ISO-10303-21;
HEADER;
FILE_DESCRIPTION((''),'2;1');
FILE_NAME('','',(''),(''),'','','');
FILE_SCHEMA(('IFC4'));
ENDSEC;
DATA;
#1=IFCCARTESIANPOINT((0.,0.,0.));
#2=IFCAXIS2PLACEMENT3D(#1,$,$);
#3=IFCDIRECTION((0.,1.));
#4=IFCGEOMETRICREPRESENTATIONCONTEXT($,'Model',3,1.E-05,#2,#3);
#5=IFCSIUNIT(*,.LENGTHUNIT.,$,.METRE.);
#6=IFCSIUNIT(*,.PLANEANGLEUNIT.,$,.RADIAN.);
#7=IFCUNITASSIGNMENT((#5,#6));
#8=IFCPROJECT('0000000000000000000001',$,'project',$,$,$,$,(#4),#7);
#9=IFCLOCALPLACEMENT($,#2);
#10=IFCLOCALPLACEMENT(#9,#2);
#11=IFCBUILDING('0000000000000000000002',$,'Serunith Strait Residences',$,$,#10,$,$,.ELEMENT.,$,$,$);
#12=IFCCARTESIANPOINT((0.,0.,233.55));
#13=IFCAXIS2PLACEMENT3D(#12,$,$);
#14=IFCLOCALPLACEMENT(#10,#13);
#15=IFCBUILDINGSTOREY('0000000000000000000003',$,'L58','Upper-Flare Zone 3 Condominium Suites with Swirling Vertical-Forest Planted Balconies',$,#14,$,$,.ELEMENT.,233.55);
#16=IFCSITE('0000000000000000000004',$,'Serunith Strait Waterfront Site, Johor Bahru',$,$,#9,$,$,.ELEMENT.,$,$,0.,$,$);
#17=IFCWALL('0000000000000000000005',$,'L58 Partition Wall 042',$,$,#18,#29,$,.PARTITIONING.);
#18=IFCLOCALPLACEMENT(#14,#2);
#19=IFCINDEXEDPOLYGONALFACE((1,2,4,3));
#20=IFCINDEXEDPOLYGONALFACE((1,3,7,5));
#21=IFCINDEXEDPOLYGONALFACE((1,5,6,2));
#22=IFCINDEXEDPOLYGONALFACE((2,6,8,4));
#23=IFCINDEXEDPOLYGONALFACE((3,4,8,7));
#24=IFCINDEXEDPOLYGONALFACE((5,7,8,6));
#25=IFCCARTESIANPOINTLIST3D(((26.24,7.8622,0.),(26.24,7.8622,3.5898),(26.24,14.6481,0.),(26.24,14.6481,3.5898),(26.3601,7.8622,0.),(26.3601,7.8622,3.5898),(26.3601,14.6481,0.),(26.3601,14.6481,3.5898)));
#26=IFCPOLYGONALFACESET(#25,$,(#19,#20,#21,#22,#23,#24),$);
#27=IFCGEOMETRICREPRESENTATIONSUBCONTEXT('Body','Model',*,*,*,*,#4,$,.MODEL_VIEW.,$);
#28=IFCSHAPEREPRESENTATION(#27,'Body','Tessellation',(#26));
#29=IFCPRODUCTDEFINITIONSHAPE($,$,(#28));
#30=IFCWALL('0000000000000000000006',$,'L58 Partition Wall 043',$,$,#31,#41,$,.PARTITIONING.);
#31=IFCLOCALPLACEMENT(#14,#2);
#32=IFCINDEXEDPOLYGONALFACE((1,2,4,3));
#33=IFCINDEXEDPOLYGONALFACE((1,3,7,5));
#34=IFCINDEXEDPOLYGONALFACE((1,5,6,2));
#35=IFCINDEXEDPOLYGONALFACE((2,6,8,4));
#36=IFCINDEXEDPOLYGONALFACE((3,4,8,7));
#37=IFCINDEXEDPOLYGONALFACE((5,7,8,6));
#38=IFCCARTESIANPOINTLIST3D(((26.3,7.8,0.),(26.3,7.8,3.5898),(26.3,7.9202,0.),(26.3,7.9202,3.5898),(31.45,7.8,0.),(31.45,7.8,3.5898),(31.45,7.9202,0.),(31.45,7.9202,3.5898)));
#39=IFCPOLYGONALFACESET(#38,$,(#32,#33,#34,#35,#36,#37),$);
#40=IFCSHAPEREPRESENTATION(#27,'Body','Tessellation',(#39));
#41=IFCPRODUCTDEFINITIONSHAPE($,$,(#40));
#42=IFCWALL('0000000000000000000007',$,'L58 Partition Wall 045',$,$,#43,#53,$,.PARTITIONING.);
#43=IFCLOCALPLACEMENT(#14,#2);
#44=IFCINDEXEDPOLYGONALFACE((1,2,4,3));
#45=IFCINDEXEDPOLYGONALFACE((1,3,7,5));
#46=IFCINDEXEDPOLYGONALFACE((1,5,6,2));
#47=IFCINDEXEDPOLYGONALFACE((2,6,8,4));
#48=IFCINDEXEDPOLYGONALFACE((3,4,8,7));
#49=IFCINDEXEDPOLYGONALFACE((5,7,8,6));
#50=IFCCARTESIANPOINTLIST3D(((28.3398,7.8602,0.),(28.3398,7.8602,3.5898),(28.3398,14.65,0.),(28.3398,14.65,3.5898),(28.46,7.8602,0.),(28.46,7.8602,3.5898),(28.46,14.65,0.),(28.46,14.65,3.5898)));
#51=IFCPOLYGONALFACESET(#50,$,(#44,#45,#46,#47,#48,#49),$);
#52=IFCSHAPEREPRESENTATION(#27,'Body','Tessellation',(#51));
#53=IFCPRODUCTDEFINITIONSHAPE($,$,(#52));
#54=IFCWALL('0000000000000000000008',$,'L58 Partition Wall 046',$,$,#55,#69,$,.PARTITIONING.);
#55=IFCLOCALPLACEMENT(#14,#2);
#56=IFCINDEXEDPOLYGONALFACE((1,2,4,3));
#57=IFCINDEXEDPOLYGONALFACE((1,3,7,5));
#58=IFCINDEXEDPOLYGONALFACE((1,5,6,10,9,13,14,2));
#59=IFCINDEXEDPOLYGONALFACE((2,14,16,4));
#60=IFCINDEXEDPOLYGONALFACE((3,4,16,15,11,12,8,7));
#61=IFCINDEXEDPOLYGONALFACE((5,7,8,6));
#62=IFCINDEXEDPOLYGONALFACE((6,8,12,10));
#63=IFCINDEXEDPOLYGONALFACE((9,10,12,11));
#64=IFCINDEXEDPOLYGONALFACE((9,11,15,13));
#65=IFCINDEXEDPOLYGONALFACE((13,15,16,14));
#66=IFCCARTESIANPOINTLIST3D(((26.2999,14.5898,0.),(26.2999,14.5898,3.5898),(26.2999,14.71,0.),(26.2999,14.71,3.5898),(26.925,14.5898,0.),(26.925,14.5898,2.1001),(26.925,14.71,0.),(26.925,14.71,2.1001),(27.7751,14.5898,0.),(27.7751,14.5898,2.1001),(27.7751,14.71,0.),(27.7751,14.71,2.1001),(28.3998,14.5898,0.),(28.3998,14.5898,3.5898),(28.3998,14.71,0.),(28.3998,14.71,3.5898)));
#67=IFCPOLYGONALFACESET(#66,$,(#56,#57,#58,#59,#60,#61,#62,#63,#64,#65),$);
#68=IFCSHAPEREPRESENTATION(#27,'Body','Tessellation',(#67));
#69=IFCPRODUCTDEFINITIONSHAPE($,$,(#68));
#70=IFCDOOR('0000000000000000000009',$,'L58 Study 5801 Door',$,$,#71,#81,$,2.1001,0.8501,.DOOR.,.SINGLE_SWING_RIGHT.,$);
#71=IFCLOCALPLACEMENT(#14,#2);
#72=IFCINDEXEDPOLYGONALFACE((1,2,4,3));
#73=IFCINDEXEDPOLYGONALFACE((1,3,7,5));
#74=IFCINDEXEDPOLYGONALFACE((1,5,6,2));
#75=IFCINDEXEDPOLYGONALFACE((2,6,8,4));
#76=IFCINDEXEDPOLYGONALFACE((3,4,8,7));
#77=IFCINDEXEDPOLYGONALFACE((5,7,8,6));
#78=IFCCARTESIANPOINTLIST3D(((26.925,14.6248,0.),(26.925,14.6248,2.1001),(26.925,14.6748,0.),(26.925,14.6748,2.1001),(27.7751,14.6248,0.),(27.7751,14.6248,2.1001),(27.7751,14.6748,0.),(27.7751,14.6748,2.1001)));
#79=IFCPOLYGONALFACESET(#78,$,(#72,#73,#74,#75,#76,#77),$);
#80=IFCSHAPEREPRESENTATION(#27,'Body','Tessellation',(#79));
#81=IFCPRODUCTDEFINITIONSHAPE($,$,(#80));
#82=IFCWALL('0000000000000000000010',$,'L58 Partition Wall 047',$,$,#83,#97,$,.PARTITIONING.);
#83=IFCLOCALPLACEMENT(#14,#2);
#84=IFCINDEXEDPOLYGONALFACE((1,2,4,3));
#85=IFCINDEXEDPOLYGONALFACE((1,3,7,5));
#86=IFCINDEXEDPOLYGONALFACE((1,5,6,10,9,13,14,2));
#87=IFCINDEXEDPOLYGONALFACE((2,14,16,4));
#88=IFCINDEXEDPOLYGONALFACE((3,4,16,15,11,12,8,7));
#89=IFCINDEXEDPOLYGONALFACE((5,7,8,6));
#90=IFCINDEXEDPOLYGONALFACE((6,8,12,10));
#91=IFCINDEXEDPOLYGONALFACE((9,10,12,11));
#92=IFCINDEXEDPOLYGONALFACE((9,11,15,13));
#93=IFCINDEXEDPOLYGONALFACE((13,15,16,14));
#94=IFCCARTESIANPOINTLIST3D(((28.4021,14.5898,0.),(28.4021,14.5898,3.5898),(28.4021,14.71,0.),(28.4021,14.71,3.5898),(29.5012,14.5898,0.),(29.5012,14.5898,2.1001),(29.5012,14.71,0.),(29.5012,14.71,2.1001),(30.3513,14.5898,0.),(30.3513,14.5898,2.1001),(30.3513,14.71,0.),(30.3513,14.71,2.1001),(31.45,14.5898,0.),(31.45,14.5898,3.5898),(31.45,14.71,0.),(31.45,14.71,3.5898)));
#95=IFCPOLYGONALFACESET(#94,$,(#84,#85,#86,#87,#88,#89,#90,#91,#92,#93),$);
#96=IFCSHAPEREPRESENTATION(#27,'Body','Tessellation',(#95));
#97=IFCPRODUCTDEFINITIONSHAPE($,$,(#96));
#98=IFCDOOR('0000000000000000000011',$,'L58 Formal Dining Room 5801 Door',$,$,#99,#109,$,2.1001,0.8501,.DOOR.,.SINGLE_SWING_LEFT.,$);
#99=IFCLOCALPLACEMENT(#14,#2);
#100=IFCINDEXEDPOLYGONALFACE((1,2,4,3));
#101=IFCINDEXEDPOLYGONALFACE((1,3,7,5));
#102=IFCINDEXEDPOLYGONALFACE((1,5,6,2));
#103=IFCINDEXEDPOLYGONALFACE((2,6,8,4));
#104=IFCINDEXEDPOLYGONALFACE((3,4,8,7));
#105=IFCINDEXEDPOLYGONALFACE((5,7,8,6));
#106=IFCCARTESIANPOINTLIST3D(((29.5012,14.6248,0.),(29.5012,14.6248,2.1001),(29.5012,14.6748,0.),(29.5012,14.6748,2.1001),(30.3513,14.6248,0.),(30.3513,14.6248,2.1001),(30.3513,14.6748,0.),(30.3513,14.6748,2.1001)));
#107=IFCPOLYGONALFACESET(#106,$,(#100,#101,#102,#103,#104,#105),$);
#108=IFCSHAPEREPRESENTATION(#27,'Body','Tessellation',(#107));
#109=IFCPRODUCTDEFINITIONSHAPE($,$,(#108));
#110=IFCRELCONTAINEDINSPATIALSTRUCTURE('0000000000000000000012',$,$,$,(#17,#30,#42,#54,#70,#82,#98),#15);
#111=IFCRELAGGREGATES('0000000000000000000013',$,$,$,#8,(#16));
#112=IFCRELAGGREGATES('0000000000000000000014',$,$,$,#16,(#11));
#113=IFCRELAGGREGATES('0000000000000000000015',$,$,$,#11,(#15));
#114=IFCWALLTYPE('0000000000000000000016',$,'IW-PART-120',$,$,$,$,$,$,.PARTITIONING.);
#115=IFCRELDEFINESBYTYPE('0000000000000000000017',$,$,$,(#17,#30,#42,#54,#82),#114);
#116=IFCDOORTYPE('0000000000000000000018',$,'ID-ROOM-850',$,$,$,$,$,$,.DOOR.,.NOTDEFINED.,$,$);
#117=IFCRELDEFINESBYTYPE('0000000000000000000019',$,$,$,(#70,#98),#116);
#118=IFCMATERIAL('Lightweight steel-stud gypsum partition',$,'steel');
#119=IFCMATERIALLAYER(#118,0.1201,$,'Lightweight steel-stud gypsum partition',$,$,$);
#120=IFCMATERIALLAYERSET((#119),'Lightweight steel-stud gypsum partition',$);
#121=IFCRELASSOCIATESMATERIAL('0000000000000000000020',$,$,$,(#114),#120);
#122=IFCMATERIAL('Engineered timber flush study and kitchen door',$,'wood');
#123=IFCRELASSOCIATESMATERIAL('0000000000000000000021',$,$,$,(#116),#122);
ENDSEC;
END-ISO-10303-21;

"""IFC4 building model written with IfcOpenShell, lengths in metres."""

from ifc_helpers import new_model, si_unit, direction, frame, frame_2d, origin, place, context, subcontext, project, spatial, rectangle, extrude, source, transform, mapped, material, layer, layer_set, type_object, element, fill, save


model = new_model("IFC4")

# Units and contexts
model_context = context("Model", 3, precision=1e-05, world=origin(), true_north=direction((0.0, 1.0)))
body_context = subcontext(model_context, "Body", "Model", "MODEL_VIEW")
ifc_project = project(units=[si_unit("LENGTHUNIT", "METRE"), si_unit("PLANEANGLEUNIT", "RADIAN")], contexts=[model_context])

# Site, building, storey
site_placement = place(None, origin())
site = spatial("IfcSite", under=ifc_project, at=site_placement, Name="Serunith Strait Waterfront Site, Johor Bahru", CompositionType="ELEMENT", RefElevation=0.0)
building_placement = place(site_placement, origin())
building = spatial("IfcBuilding", under=site, at=building_placement, Name="Serunith Strait Residences", CompositionType="ELEMENT")
storey_placement = place(building_placement, frame((0.0, 0.0, 233.55)))
storey = spatial("IfcBuildingStorey", under=building, at=storey_placement, Name="L58", Description="Upper-Flare Zone 3 Condominium Suites with Swirling Vertical-Forest Planted Balconies", CompositionType="ELEMENT", Elevation=233.55)

# Shared definitions
ifc_material_1 = material(Name="Lightweight steel-stud gypsum partition", Category="steel")
ifc_layer_1 = layer(ifc_material_1, 0.1201, Name="Lightweight steel-stud gypsum partition")
ifc_layer_set_1 = layer_set([ifc_layer_1], Name="Lightweight steel-stud gypsum partition")
wall_type = type_object("IfcWallType", Name="IW-PART-120", PredefinedType="PARTITIONING", material=ifc_layer_set_1)
ifc_material_2 = material(Name="Engineered timber flush study and kitchen door", Category="wood")
door_type_1 = type_object("IfcDoorType", Name="ID-ROOM-850", OperationType="NOTDEFINED", PredefinedType="DOOR", material=ifc_material_2)
shared_shape_1 = source(origin(), body_context, "Body", "SweptSolid", [
    extrude(rectangle(XDim=0.8501, YDim=2.1001, at=frame_2d((0.425, 1.05))), frame((0.0, 0.0249, 0.0), z_axis=(0.0, -1.0, 0.0), x_axis=(1.0, 0.0, 0.0)), (0.0, 0.0, 1.0), 0.05),
])

# Walls
wall_1_placement = place(storey_placement, frame((26.3, 7.8621, 0.0), z_axis=(0.0, 0.0, 1.0), x_axis=(0.0, 1.0, 0.0)))
element("IfcWall", 1, at=wall_1_placement, inside=storey, type_object=wall_type, Name="L58 Partition Wall 042", PredefinedType="PARTITIONING", context=body_context, shape_type="SweptSolid", body=[
    extrude(rectangle(XDim=6.7859, YDim=0.1201, at=frame_2d((3.3931, 0.0))), origin(), (0.0, 0.0, 1.0), 3.5898),
])
wall_2_placement = place(storey_placement, frame((26.3, 7.8601, 0.0), z_axis=(0.0, 0.0, 1.0), x_axis=(1.0, 0.0, 0.0)))
element("IfcWall", 2, at=wall_2_placement, inside=storey, type_object=wall_type, Name="L58 Partition Wall 043", PredefinedType="PARTITIONING", context=body_context, shape_type="SweptSolid", body=[
    extrude(rectangle(XDim=5.1499, YDim=0.1201, at=frame_2d((2.575, 0.0))), origin(), (0.0, 0.0, 1.0), 3.5898),
])
wall_3_placement = place(storey_placement, frame((28.3999, 7.8601, 0.0), z_axis=(0.0, 0.0, 1.0), x_axis=(0.0, 1.0, 0.0)))
element("IfcWall", 3, at=wall_3_placement, inside=storey, type_object=wall_type, Name="L58 Partition Wall 045", PredefinedType="PARTITIONING", context=body_context, shape_type="SweptSolid", body=[
    extrude(rectangle(XDim=6.7898, YDim=0.1201, at=frame_2d((3.395, 0.0))), origin(), (0.0, 0.0, 1.0), 3.5898),
])

# Walls, openings, doors
wall_4_placement = place(storey_placement, frame((26.3, 14.6499, 0.0), z_axis=(0.0, 0.0, 1.0), x_axis=(1.0, 0.0, 0.0)))
wall_4 = element("IfcWall", 4, at=wall_4_placement, inside=storey, type_object=wall_type, Name="L58 Partition Wall 046", PredefinedType="PARTITIONING", context=body_context, shape_type="SweptSolid", body=[
    extrude(rectangle(XDim=2.0999, YDim=0.1201, at=frame_2d((1.0498, 0.0))), origin(), (0.0, 0.0, 1.0), 3.5898),
])
opening_1_placement = place(wall_4_placement, frame((0.625, 0.0, 0.0)))
opening_1 = element("IfcOpeningElement", 5, at=opening_1_placement, cuts=wall_4, PredefinedType="OPENING", context=body_context, shape_type="SweptSolid", body=[
    extrude(rectangle(XDim=0.8501, YDim=2.1001, at=frame_2d((0.425, 1.05))), frame((0.0, 0.0701, 0.0), z_axis=(0.0, -1.0, 0.0), x_axis=(1.0, 0.0, 0.0)), (0.0, 0.0, 1.0), 0.1401),
])
door_1_placement = place(opening_1_placement, origin())
door_1 = element("IfcDoor", 6, at=door_1_placement, inside=storey, type_object=door_type_1, Name="L58 Study 5801 Door", OperationType="SINGLE_SWING_RIGHT", OverallHeight=2.1001, OverallWidth=0.8501, PredefinedType="DOOR", context=body_context, shape_type="MappedRepresentation", body=[
    mapped(shared_shape_1, transform((0.0, 0.0, 0.0), scale=1.0)),
])
fill(opening_1, door_1)
wall_5_placement = place(storey_placement, frame((28.4021, 14.6499, 0.0), z_axis=(0.0, 0.0, 1.0), x_axis=(1.0, 0.0, 0.0)))
wall_5 = element("IfcWall", 7, at=wall_5_placement, inside=storey, type_object=wall_type, Name="L58 Partition Wall 047", PredefinedType="PARTITIONING", context=body_context, shape_type="SweptSolid", body=[
    extrude(rectangle(XDim=3.0479, YDim=0.1201, at=frame_2d((1.5239, 0.0))), origin(), (0.0, 0.0, 1.0), 3.5898),
])
opening_2_placement = place(wall_5_placement, frame((1.0991, 0.0, 0.0)))
opening_2 = element("IfcOpeningElement", 8, at=opening_2_placement, cuts=wall_5, PredefinedType="OPENING", context=body_context, shape_type="SweptSolid", body=[
    extrude(rectangle(XDim=0.8501, YDim=2.1001, at=frame_2d((0.425, 1.05))), frame((0.0, 0.0701, 0.0), z_axis=(0.0, -1.0, 0.0), x_axis=(1.0, 0.0, 0.0)), (0.0, 0.0, 1.0), 0.1401),
])
door_2_placement = place(opening_2_placement, origin())
door_2 = element("IfcDoor", 9, at=door_2_placement, inside=storey, type_object=door_type_1, Name="L58 Formal Dining Room 5801 Door", OperationType="SINGLE_SWING_LEFT", OverallHeight=2.1001, OverallWidth=0.8501, PredefinedType="DOOR", context=body_context, shape_type="MappedRepresentation", body=[
    mapped(shared_shape_1, transform((0.0, 0.0, 0.0), scale=1.0)),
])
fill(opening_2, door_2)

save(model, "model.ifc")
